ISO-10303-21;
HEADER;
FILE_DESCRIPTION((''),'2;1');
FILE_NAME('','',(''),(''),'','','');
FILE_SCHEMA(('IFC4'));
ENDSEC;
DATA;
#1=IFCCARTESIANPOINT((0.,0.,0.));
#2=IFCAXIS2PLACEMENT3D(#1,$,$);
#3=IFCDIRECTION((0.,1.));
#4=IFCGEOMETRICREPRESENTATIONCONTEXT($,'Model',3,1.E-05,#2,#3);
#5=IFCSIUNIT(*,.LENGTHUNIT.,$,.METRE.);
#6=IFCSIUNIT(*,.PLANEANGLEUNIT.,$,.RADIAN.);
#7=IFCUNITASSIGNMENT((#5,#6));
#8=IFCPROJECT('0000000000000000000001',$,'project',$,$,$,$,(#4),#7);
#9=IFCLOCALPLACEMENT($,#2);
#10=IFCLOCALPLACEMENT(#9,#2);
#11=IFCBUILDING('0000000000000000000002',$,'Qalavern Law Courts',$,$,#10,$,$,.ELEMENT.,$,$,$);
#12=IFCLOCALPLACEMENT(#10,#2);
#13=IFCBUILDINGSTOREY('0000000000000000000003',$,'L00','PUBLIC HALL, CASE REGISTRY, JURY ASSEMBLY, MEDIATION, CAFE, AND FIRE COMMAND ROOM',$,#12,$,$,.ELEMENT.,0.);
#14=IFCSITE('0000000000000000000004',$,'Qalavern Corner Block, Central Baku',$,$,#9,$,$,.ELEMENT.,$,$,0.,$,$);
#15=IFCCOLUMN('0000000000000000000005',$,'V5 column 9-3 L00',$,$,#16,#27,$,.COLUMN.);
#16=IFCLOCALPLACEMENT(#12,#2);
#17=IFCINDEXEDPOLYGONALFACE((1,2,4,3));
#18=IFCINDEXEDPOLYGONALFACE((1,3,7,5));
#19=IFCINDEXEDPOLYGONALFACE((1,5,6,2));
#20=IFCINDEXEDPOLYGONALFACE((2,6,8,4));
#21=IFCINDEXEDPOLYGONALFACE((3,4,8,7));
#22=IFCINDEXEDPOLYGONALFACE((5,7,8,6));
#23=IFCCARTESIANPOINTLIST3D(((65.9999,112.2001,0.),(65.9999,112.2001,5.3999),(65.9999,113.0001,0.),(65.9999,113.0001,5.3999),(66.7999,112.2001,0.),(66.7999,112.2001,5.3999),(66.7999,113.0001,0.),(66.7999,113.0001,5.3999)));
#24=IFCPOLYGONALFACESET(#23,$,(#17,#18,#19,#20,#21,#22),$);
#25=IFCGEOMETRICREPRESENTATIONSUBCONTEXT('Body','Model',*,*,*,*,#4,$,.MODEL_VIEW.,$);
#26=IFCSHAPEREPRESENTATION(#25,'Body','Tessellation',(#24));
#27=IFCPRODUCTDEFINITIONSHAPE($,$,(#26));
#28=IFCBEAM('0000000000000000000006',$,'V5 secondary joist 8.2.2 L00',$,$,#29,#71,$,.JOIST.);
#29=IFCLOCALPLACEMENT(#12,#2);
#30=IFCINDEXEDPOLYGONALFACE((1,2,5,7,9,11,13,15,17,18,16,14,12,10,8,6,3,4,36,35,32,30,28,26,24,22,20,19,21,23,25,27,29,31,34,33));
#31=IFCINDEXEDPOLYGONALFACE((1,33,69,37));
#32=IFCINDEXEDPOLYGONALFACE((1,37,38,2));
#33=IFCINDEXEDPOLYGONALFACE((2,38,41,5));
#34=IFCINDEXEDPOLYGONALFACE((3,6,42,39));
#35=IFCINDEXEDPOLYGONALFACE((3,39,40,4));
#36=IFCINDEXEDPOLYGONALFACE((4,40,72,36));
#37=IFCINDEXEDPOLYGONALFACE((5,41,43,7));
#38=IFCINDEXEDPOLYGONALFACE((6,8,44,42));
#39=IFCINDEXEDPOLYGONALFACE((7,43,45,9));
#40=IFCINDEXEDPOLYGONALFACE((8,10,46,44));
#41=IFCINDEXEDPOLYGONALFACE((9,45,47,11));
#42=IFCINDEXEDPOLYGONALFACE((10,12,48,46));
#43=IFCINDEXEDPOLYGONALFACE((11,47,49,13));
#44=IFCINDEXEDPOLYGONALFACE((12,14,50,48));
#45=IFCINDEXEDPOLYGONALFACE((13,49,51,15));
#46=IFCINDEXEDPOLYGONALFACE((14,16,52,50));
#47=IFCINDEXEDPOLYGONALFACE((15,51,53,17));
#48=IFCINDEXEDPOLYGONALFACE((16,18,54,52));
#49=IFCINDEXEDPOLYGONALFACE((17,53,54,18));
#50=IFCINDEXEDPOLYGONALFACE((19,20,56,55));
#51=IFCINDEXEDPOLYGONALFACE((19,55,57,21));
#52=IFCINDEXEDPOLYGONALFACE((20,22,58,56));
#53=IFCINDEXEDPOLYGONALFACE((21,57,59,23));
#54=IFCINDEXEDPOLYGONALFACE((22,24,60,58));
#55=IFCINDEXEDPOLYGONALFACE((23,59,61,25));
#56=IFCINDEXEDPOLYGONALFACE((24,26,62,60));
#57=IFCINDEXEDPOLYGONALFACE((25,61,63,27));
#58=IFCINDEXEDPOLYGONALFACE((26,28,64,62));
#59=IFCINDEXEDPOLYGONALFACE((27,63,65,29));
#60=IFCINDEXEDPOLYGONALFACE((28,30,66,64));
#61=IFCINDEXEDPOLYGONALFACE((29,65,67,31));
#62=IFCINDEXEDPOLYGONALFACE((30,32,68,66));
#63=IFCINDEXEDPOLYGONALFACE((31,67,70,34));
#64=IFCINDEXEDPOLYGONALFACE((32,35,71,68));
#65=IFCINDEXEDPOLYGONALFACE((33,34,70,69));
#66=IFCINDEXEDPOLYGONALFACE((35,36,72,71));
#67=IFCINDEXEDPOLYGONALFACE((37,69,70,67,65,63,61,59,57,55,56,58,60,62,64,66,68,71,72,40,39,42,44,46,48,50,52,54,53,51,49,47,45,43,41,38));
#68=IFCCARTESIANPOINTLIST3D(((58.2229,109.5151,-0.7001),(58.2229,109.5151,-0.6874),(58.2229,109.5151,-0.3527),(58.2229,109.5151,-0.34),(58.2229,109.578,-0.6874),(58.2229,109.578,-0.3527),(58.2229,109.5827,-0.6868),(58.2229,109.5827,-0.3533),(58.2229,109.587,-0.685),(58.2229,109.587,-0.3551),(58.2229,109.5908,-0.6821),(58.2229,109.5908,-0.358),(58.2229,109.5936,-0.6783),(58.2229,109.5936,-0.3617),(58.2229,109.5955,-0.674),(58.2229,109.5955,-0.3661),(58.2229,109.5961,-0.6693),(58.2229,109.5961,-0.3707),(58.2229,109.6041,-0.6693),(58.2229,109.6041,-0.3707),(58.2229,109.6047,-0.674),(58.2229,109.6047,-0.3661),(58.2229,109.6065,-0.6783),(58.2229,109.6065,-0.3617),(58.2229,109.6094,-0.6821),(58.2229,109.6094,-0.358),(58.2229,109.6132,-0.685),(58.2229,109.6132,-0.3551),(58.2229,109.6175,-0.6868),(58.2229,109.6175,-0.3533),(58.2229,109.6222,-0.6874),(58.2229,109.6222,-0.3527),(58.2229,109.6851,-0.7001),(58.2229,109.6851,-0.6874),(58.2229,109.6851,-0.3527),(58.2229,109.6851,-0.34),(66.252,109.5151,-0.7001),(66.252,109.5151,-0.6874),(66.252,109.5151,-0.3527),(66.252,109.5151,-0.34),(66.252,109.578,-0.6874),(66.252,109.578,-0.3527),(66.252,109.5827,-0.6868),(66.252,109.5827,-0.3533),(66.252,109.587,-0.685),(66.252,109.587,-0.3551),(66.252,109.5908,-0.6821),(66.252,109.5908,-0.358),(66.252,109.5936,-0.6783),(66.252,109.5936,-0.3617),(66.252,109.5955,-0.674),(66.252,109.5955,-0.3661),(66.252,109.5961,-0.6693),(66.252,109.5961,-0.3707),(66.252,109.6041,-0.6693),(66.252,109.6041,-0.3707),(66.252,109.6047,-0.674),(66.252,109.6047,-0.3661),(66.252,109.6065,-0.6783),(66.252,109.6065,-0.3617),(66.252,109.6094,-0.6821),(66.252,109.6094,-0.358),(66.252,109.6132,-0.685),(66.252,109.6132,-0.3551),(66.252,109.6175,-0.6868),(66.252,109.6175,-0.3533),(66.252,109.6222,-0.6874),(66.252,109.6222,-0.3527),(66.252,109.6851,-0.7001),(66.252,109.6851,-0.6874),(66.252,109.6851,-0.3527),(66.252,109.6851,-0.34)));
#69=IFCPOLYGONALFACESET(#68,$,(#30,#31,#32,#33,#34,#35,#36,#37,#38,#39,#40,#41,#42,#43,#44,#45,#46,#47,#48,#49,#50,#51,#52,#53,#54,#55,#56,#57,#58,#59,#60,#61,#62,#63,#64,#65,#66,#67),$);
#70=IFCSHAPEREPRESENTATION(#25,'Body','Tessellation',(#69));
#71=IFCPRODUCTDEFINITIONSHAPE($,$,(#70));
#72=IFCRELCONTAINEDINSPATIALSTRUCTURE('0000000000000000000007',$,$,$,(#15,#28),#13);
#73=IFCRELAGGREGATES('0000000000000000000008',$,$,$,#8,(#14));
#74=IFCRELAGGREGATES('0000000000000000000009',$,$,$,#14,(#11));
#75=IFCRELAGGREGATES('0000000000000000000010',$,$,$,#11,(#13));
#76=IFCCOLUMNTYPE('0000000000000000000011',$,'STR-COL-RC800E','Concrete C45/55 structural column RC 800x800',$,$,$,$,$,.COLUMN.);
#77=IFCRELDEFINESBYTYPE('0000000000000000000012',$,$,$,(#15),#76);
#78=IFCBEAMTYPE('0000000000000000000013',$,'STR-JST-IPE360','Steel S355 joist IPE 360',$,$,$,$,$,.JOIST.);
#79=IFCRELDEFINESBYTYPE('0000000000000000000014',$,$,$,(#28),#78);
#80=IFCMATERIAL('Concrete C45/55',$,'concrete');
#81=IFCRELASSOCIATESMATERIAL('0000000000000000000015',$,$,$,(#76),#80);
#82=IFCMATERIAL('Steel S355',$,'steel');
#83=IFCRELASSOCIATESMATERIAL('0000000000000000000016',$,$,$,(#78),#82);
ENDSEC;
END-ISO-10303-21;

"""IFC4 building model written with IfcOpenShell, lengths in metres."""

from ifc_helpers import new_model, si_unit, direction, frame, origin, origin_2d, place, context, subcontext, project, spatial, rectangle, i_section, extrude, material, material_profile, profile_set, type_object, element, save


model = new_model("IFC4")

# Units and contexts
model_context = context("Model", 3, precision=1e-05, world=origin(), true_north=direction((0.0, 1.0)))
body_context = subcontext(model_context, "Body", "Model", "MODEL_VIEW")
ifc_project = project(units=[si_unit("LENGTHUNIT", "METRE"), si_unit("PLANEANGLEUNIT", "RADIAN")], contexts=[model_context])

# Site, building, storey
site_placement = place(None, origin())
site = spatial("IfcSite", under=ifc_project, at=site_placement, Name="Qalavern Corner Block, Central Baku", CompositionType="ELEMENT", RefElevation=0.0)
building_placement = place(site_placement, origin())
building = spatial("IfcBuilding", under=site, at=building_placement, Name="Qalavern Law Courts", CompositionType="ELEMENT")
storey_placement = place(building_placement, origin())
storey = spatial("IfcBuildingStorey", under=building, at=storey_placement, Name="L00", Description="PUBLIC HALL, CASE REGISTRY, JURY ASSEMBLY, MEDIATION, CAFE, AND FIRE COMMAND ROOM", CompositionType="ELEMENT", Elevation=0.0)

# Column
ifc_material_1 = material(Name="Concrete C45/55", Category="concrete")
ifc_material_profile_1 = material_profile(ifc_material_1, rectangle(XDim=0.8, YDim=0.8, at=origin_2d()), Name="RC 800x800")
ifc_profile_set_1 = profile_set([ifc_material_profile_1], Name="Concrete C45/55")
column_type = type_object("IfcColumnType", Name="STR-COL-RC800E", Description="Concrete C45/55 structural column RC 800x800", PredefinedType="COLUMN", material=ifc_profile_set_1)
column_placement = place(storey_placement, frame((66.3999, 112.6001, 0.0), z_axis=(0.0, 0.0, 1.0), x_axis=(1.0, 0.0, 0.0)))
element("IfcColumn", 1, at=column_placement, inside=storey, type_object=column_type, Name="V5 column 9-3 L00", PredefinedType="COLUMN", context=body_context, shape_type="SweptSolid", body=[
    extrude(rectangle(XDim=0.8, YDim=0.8, at=origin_2d()), origin(), (0.0, 0.0, 1.0), 5.3999),
])

# Beam
ifc_material_2 = material(Name="Steel S355", Category="steel")
ifc_material_profile_2 = material_profile(ifc_material_2, i_section(OverallWidth=0.1699, OverallDepth=0.3601, WebThickness=0.0081, FlangeThickness=0.0127, FilletRadius=0.0181, at=origin_2d()), Name="IPE 360")
ifc_profile_set_2 = profile_set([ifc_material_profile_2], Name="Steel S355")
beam_type = type_object("IfcBeamType", Name="STR-JST-IPE360", Description="Steel S355 joist IPE 360", PredefinedType="JOIST", material=ifc_profile_set_2)
beam_placement = place(storey_placement, frame((58.2229, 109.6001, -0.52), z_axis=(1.0, 0.0, 0.0), x_axis=(0.0, 1.0, 0.0)))
element("IfcBeam", 2, at=beam_placement, inside=storey, type_object=beam_type, Name="V5 secondary joist 8.2.2 L00", PredefinedType="JOIST", context=body_context, shape_type="SweptSolid", body=[
    extrude(i_section(OverallWidth=0.1699, OverallDepth=0.3601, WebThickness=0.0081, FlangeThickness=0.0127, FilletRadius=0.0181, at=origin_2d()), origin(), (0.0, 0.0, 1.0), 8.0291),
])

save(model, "model.ifc")
